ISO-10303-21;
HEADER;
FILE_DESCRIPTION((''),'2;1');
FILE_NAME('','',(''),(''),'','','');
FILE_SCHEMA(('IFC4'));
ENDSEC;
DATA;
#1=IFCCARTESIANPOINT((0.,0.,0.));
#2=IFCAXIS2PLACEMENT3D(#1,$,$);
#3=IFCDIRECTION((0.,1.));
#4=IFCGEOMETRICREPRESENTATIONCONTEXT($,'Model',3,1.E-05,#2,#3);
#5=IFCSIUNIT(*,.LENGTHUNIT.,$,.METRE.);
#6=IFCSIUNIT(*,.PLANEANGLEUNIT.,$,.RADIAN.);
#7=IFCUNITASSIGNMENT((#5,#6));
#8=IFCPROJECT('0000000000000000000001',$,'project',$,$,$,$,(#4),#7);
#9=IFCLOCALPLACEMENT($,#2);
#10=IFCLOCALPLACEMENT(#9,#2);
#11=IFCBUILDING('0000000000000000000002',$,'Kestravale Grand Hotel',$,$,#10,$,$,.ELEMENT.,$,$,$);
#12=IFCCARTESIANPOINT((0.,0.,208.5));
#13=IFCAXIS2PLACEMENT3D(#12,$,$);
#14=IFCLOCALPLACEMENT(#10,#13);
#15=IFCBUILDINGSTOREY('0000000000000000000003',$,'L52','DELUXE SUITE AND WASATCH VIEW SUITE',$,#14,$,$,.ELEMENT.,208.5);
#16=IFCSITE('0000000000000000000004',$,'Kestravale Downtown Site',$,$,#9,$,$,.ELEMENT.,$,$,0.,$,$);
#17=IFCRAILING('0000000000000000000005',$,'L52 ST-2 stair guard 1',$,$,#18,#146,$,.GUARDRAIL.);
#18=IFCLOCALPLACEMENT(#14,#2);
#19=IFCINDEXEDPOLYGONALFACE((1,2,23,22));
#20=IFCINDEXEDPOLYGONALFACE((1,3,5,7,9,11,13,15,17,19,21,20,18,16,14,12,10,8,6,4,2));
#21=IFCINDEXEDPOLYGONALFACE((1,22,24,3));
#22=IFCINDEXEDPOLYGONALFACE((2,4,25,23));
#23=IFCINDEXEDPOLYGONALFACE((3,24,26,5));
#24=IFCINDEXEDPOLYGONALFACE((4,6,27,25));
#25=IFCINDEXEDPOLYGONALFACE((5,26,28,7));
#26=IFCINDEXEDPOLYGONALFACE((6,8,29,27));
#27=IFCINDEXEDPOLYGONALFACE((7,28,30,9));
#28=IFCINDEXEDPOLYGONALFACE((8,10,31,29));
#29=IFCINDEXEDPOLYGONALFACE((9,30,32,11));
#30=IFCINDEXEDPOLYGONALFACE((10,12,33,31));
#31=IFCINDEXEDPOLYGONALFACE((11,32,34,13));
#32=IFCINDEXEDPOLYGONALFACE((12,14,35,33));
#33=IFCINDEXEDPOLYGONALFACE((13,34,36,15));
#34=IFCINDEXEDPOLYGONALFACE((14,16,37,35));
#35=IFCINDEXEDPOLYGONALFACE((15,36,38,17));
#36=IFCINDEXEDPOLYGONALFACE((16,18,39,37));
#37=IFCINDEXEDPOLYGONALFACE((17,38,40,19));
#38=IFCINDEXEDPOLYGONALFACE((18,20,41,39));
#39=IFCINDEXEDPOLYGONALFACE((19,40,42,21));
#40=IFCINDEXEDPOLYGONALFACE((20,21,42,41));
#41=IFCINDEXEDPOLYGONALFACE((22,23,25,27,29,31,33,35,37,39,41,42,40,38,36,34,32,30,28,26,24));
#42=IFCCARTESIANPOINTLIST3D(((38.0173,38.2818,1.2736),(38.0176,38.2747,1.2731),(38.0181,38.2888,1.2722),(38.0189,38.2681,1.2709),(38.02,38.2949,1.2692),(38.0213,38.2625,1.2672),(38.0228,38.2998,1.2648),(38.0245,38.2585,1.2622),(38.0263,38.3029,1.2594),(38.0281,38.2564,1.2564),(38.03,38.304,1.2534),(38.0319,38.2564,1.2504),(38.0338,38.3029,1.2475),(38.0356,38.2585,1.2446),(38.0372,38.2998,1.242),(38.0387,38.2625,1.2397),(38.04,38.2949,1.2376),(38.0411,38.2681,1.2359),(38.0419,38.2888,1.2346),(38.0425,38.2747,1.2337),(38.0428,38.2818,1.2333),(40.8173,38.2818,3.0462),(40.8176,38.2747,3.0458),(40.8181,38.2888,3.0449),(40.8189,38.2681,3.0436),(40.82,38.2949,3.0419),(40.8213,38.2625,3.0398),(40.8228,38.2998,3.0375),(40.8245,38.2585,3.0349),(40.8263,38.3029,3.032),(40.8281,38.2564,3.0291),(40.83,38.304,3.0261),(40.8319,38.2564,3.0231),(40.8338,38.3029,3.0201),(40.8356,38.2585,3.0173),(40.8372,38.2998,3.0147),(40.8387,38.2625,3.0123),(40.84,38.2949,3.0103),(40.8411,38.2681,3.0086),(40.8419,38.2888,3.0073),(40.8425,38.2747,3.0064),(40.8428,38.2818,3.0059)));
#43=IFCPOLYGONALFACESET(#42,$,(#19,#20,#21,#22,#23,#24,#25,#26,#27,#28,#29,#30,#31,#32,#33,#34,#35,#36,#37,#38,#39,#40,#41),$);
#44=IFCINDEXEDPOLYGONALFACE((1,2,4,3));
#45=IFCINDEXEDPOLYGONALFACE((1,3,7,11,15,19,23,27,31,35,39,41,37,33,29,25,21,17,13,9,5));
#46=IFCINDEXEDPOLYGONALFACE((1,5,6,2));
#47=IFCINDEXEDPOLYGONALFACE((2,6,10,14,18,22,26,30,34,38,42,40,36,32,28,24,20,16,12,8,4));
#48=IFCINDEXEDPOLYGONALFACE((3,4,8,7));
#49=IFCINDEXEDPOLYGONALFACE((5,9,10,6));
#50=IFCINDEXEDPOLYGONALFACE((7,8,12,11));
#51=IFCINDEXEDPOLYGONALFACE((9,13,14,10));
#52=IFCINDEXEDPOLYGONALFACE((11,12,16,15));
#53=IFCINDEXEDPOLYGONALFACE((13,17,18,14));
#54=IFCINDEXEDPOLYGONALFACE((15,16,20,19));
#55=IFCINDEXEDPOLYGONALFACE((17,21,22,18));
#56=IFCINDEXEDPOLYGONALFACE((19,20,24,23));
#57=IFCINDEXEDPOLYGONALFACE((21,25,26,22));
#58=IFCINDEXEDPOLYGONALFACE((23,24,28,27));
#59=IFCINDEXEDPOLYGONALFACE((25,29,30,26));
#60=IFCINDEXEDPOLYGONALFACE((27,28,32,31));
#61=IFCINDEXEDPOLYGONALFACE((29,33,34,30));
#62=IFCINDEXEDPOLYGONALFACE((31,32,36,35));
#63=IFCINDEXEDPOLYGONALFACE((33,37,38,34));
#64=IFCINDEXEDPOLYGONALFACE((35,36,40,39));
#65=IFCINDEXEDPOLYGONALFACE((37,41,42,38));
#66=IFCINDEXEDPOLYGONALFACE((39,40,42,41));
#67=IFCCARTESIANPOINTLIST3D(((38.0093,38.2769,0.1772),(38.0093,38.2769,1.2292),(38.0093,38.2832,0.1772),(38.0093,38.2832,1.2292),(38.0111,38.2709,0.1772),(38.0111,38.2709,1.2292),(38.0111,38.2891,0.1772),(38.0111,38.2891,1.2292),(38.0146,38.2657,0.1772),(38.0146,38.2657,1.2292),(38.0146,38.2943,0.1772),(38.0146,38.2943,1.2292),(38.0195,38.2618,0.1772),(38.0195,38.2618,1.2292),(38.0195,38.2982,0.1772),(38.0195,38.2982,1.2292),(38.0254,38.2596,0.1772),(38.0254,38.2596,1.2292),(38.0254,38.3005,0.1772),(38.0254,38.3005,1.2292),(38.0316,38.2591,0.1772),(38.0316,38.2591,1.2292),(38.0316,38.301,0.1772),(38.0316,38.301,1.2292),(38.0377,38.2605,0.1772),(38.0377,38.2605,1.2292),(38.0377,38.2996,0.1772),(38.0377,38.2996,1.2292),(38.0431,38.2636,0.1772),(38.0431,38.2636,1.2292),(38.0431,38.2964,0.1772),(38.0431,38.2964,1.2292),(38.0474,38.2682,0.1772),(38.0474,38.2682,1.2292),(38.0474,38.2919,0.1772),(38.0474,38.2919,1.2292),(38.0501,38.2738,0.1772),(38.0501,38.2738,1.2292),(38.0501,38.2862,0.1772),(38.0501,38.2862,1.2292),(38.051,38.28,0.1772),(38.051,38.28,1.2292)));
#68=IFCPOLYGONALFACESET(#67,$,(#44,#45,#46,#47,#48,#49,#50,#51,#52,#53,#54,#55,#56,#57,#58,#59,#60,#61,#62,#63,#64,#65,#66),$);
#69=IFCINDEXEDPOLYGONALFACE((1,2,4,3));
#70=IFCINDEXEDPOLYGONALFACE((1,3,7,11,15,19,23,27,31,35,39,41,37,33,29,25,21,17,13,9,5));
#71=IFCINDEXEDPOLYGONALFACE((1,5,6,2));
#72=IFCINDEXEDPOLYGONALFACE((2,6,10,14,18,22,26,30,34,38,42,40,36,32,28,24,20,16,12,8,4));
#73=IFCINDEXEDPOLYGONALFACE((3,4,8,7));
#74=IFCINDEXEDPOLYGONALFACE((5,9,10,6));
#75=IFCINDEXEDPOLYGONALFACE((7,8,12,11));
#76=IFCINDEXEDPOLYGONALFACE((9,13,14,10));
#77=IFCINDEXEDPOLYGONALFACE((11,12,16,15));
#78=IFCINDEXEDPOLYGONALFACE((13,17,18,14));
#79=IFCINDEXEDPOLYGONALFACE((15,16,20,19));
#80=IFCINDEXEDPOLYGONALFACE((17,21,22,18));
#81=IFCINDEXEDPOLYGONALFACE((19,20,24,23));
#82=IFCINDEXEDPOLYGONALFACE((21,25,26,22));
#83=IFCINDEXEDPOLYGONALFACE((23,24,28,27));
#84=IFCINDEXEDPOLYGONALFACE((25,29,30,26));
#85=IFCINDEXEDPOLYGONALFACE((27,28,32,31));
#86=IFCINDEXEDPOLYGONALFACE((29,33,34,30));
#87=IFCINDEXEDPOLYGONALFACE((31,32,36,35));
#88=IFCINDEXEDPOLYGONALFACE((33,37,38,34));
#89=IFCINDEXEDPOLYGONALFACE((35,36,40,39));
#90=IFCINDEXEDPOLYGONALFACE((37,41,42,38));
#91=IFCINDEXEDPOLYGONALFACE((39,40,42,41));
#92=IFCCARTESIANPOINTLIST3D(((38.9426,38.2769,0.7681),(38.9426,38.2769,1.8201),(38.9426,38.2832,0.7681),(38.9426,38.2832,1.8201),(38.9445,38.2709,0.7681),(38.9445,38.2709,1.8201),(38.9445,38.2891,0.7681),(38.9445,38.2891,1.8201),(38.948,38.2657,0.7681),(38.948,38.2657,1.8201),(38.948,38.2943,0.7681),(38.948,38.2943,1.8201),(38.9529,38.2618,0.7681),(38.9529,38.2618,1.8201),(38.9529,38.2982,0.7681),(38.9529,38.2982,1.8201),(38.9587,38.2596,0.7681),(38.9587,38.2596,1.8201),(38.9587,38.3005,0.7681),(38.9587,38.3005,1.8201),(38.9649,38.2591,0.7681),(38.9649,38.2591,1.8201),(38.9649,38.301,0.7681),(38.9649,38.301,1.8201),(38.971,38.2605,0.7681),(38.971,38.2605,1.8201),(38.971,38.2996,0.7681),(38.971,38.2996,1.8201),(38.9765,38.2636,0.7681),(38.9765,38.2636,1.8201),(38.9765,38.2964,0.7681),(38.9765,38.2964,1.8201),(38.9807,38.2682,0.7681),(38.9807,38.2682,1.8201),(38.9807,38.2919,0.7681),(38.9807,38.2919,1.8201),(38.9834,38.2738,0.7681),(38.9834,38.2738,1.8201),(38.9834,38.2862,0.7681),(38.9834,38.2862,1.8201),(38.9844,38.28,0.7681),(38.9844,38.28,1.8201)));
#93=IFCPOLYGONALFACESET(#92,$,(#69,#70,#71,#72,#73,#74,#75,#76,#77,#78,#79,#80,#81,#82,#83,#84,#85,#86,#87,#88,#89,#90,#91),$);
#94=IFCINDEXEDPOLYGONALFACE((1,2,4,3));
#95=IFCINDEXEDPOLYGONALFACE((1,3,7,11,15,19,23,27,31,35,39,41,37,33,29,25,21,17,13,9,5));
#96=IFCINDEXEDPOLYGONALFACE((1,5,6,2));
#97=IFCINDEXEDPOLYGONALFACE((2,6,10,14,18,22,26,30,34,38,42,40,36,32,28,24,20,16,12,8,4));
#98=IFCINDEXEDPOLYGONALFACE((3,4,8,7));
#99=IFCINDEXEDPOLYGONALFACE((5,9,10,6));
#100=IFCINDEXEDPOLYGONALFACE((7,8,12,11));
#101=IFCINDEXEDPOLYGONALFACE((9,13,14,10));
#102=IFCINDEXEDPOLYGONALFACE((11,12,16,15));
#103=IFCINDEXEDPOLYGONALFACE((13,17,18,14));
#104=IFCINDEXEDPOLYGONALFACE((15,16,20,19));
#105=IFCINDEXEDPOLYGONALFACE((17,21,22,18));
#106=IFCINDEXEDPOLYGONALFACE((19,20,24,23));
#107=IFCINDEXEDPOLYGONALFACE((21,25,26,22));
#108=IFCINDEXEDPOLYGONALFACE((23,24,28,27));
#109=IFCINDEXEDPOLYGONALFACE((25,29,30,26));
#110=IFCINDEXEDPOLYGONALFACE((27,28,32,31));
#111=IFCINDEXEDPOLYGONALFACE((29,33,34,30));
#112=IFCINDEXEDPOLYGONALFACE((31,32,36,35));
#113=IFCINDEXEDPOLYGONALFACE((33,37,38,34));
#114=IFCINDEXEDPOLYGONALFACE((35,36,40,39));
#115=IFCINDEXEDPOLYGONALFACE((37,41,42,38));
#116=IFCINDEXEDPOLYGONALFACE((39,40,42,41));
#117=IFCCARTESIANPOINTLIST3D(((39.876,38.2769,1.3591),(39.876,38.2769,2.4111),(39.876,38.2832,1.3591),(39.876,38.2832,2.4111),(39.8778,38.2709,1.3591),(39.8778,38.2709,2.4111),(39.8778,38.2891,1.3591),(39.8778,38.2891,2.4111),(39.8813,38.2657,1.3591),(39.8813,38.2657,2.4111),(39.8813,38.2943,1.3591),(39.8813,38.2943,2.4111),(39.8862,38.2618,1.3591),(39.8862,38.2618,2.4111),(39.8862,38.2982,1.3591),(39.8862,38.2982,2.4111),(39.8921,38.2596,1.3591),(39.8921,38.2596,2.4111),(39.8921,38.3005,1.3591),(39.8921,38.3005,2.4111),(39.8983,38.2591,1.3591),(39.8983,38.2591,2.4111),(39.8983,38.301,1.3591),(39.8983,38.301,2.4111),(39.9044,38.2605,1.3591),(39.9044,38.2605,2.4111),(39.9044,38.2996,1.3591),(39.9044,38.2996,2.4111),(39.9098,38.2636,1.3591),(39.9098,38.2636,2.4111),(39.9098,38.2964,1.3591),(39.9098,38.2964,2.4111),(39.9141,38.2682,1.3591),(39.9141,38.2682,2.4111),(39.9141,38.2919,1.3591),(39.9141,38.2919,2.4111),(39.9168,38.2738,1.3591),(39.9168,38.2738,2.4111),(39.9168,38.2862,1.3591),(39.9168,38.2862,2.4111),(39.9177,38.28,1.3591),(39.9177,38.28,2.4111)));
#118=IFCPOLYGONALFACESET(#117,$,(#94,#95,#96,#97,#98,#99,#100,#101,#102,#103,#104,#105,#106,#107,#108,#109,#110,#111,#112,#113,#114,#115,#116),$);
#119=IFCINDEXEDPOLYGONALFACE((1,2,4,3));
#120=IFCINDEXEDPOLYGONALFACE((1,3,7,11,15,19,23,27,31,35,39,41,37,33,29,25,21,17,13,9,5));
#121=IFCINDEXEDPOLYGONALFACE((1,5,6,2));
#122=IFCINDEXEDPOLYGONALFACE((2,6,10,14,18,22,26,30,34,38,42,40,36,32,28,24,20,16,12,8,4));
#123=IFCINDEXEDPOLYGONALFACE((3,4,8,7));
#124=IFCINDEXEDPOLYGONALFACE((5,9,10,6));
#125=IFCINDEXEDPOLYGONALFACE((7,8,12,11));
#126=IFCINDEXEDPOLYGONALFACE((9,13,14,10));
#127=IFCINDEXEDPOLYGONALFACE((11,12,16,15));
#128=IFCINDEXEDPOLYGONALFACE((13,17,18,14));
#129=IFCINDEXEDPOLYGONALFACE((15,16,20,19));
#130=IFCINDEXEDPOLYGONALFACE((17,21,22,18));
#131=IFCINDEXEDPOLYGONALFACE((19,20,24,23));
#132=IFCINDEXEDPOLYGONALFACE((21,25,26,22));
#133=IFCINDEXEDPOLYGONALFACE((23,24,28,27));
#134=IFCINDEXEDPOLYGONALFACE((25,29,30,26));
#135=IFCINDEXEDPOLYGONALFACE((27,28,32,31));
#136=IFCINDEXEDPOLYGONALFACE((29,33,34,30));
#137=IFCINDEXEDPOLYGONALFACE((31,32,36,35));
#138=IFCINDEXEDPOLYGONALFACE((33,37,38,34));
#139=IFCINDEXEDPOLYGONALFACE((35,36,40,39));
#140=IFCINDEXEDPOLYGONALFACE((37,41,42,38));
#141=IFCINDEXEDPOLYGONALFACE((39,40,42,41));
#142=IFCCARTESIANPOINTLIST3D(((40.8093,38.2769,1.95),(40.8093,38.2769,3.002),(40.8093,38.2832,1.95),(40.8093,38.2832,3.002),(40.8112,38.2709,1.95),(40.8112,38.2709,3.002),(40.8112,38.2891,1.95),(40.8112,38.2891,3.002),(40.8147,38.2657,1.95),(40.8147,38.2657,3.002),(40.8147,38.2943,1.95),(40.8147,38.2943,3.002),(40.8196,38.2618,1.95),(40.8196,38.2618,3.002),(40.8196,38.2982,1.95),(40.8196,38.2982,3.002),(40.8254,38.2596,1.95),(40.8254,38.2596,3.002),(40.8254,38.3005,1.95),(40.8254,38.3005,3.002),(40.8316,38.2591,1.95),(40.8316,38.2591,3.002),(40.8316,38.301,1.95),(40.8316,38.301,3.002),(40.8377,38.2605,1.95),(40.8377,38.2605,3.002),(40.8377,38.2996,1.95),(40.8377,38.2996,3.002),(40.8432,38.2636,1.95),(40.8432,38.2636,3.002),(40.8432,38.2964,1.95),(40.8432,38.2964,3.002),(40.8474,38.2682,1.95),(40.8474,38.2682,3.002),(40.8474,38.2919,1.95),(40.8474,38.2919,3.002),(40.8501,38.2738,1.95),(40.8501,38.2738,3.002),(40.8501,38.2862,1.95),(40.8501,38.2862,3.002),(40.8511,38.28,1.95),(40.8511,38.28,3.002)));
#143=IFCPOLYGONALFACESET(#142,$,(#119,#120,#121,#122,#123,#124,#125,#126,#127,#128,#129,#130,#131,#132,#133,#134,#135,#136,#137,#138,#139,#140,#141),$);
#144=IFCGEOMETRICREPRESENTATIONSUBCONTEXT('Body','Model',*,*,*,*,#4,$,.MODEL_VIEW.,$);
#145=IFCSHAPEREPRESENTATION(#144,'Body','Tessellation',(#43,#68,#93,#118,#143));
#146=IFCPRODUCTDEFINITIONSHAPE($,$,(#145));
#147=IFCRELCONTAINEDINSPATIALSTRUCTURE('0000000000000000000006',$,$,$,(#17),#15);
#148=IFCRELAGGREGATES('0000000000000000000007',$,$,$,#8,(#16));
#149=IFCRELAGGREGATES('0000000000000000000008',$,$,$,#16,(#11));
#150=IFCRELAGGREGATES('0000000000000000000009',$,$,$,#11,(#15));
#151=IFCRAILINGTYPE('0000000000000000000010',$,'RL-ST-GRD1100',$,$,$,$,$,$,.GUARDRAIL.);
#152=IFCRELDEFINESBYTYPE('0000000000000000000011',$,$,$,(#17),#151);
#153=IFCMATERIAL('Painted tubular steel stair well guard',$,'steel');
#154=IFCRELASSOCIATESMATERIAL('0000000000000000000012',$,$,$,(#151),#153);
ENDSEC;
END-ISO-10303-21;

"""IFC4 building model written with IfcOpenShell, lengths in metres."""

from ifc_helpers import new_model, si_unit, direction, frame, origin, origin_2d, place, context, subcontext, project, spatial, circle, extrude, material, type_object, element, save


model = new_model("IFC4")

# Units and contexts
model_context = context("Model", 3, precision=1e-05, world=origin(), true_north=direction((0.0, 1.0)))
body_context = subcontext(model_context, "Body", "Model", "MODEL_VIEW")
ifc_project = project(units=[si_unit("LENGTHUNIT", "METRE"), si_unit("PLANEANGLEUNIT", "RADIAN")], contexts=[model_context])

# Site, building, storey
site_placement = place(None, origin())
site = spatial("IfcSite", under=ifc_project, at=site_placement, Name="Kestravale Downtown Site", CompositionType="ELEMENT", RefElevation=0.0)
building_placement = place(site_placement, origin())
building = spatial("IfcBuilding", under=site, at=building_placement, Name="Kestravale Grand Hotel", CompositionType="ELEMENT")
storey_placement = place(building_placement, frame((0.0, 0.0, 208.5)))
storey = spatial("IfcBuildingStorey", under=building, at=storey_placement, Name="L52", Description="DELUXE SUITE AND WASATCH VIEW SUITE", CompositionType="ELEMENT", Elevation=208.5)

# Railing
ifc_material_1 = material(Name="Painted tubular steel stair well guard", Category="steel")
railing_type_1 = type_object("IfcRailingType", Name="RL-ST-GRD1100", PredefinedType="GUARDRAIL", material=ifc_material_1)
railing_1_placement = place(storey_placement, frame((38.03, 38.28, 0.1772)))
element("IfcRailing", 1, at=railing_1_placement, inside=storey, type_object=railing_type_1, Name="L52 ST-2 stair guard 1", PredefinedType="GUARDRAIL", context=body_context, shape_type="SweptSolid", body=[
    extrude(circle(Radius=0.0239, at=origin_2d()), frame((0.0, 0.0, 1.0762), z_axis=(0.844909, 0.0, 0.53491), x_axis=(0.0, 1.0, 0.0)), (0.0, 0.0, 1.0), 3.314),
    extrude(circle(Radius=0.021, at=origin_2d()), origin(), (0.0, 0.0, 1.0), 1.052),
    extrude(circle(Radius=0.021, at=origin_2d()), frame((0.9333, 0.0, 0.5908)), (0.0, 0.0, 1.0), 1.052),
    extrude(circle(Radius=0.021, at=origin_2d()), frame((1.8667, 0.0, 1.1819)), (0.0, 0.0, 1.0), 1.052),
    extrude(circle(Radius=0.021, at=origin_2d()), frame((2.8, 0.0, 1.7727)), (0.0, 0.0, 1.0), 1.052),
])

save(model, "model.ifc")
